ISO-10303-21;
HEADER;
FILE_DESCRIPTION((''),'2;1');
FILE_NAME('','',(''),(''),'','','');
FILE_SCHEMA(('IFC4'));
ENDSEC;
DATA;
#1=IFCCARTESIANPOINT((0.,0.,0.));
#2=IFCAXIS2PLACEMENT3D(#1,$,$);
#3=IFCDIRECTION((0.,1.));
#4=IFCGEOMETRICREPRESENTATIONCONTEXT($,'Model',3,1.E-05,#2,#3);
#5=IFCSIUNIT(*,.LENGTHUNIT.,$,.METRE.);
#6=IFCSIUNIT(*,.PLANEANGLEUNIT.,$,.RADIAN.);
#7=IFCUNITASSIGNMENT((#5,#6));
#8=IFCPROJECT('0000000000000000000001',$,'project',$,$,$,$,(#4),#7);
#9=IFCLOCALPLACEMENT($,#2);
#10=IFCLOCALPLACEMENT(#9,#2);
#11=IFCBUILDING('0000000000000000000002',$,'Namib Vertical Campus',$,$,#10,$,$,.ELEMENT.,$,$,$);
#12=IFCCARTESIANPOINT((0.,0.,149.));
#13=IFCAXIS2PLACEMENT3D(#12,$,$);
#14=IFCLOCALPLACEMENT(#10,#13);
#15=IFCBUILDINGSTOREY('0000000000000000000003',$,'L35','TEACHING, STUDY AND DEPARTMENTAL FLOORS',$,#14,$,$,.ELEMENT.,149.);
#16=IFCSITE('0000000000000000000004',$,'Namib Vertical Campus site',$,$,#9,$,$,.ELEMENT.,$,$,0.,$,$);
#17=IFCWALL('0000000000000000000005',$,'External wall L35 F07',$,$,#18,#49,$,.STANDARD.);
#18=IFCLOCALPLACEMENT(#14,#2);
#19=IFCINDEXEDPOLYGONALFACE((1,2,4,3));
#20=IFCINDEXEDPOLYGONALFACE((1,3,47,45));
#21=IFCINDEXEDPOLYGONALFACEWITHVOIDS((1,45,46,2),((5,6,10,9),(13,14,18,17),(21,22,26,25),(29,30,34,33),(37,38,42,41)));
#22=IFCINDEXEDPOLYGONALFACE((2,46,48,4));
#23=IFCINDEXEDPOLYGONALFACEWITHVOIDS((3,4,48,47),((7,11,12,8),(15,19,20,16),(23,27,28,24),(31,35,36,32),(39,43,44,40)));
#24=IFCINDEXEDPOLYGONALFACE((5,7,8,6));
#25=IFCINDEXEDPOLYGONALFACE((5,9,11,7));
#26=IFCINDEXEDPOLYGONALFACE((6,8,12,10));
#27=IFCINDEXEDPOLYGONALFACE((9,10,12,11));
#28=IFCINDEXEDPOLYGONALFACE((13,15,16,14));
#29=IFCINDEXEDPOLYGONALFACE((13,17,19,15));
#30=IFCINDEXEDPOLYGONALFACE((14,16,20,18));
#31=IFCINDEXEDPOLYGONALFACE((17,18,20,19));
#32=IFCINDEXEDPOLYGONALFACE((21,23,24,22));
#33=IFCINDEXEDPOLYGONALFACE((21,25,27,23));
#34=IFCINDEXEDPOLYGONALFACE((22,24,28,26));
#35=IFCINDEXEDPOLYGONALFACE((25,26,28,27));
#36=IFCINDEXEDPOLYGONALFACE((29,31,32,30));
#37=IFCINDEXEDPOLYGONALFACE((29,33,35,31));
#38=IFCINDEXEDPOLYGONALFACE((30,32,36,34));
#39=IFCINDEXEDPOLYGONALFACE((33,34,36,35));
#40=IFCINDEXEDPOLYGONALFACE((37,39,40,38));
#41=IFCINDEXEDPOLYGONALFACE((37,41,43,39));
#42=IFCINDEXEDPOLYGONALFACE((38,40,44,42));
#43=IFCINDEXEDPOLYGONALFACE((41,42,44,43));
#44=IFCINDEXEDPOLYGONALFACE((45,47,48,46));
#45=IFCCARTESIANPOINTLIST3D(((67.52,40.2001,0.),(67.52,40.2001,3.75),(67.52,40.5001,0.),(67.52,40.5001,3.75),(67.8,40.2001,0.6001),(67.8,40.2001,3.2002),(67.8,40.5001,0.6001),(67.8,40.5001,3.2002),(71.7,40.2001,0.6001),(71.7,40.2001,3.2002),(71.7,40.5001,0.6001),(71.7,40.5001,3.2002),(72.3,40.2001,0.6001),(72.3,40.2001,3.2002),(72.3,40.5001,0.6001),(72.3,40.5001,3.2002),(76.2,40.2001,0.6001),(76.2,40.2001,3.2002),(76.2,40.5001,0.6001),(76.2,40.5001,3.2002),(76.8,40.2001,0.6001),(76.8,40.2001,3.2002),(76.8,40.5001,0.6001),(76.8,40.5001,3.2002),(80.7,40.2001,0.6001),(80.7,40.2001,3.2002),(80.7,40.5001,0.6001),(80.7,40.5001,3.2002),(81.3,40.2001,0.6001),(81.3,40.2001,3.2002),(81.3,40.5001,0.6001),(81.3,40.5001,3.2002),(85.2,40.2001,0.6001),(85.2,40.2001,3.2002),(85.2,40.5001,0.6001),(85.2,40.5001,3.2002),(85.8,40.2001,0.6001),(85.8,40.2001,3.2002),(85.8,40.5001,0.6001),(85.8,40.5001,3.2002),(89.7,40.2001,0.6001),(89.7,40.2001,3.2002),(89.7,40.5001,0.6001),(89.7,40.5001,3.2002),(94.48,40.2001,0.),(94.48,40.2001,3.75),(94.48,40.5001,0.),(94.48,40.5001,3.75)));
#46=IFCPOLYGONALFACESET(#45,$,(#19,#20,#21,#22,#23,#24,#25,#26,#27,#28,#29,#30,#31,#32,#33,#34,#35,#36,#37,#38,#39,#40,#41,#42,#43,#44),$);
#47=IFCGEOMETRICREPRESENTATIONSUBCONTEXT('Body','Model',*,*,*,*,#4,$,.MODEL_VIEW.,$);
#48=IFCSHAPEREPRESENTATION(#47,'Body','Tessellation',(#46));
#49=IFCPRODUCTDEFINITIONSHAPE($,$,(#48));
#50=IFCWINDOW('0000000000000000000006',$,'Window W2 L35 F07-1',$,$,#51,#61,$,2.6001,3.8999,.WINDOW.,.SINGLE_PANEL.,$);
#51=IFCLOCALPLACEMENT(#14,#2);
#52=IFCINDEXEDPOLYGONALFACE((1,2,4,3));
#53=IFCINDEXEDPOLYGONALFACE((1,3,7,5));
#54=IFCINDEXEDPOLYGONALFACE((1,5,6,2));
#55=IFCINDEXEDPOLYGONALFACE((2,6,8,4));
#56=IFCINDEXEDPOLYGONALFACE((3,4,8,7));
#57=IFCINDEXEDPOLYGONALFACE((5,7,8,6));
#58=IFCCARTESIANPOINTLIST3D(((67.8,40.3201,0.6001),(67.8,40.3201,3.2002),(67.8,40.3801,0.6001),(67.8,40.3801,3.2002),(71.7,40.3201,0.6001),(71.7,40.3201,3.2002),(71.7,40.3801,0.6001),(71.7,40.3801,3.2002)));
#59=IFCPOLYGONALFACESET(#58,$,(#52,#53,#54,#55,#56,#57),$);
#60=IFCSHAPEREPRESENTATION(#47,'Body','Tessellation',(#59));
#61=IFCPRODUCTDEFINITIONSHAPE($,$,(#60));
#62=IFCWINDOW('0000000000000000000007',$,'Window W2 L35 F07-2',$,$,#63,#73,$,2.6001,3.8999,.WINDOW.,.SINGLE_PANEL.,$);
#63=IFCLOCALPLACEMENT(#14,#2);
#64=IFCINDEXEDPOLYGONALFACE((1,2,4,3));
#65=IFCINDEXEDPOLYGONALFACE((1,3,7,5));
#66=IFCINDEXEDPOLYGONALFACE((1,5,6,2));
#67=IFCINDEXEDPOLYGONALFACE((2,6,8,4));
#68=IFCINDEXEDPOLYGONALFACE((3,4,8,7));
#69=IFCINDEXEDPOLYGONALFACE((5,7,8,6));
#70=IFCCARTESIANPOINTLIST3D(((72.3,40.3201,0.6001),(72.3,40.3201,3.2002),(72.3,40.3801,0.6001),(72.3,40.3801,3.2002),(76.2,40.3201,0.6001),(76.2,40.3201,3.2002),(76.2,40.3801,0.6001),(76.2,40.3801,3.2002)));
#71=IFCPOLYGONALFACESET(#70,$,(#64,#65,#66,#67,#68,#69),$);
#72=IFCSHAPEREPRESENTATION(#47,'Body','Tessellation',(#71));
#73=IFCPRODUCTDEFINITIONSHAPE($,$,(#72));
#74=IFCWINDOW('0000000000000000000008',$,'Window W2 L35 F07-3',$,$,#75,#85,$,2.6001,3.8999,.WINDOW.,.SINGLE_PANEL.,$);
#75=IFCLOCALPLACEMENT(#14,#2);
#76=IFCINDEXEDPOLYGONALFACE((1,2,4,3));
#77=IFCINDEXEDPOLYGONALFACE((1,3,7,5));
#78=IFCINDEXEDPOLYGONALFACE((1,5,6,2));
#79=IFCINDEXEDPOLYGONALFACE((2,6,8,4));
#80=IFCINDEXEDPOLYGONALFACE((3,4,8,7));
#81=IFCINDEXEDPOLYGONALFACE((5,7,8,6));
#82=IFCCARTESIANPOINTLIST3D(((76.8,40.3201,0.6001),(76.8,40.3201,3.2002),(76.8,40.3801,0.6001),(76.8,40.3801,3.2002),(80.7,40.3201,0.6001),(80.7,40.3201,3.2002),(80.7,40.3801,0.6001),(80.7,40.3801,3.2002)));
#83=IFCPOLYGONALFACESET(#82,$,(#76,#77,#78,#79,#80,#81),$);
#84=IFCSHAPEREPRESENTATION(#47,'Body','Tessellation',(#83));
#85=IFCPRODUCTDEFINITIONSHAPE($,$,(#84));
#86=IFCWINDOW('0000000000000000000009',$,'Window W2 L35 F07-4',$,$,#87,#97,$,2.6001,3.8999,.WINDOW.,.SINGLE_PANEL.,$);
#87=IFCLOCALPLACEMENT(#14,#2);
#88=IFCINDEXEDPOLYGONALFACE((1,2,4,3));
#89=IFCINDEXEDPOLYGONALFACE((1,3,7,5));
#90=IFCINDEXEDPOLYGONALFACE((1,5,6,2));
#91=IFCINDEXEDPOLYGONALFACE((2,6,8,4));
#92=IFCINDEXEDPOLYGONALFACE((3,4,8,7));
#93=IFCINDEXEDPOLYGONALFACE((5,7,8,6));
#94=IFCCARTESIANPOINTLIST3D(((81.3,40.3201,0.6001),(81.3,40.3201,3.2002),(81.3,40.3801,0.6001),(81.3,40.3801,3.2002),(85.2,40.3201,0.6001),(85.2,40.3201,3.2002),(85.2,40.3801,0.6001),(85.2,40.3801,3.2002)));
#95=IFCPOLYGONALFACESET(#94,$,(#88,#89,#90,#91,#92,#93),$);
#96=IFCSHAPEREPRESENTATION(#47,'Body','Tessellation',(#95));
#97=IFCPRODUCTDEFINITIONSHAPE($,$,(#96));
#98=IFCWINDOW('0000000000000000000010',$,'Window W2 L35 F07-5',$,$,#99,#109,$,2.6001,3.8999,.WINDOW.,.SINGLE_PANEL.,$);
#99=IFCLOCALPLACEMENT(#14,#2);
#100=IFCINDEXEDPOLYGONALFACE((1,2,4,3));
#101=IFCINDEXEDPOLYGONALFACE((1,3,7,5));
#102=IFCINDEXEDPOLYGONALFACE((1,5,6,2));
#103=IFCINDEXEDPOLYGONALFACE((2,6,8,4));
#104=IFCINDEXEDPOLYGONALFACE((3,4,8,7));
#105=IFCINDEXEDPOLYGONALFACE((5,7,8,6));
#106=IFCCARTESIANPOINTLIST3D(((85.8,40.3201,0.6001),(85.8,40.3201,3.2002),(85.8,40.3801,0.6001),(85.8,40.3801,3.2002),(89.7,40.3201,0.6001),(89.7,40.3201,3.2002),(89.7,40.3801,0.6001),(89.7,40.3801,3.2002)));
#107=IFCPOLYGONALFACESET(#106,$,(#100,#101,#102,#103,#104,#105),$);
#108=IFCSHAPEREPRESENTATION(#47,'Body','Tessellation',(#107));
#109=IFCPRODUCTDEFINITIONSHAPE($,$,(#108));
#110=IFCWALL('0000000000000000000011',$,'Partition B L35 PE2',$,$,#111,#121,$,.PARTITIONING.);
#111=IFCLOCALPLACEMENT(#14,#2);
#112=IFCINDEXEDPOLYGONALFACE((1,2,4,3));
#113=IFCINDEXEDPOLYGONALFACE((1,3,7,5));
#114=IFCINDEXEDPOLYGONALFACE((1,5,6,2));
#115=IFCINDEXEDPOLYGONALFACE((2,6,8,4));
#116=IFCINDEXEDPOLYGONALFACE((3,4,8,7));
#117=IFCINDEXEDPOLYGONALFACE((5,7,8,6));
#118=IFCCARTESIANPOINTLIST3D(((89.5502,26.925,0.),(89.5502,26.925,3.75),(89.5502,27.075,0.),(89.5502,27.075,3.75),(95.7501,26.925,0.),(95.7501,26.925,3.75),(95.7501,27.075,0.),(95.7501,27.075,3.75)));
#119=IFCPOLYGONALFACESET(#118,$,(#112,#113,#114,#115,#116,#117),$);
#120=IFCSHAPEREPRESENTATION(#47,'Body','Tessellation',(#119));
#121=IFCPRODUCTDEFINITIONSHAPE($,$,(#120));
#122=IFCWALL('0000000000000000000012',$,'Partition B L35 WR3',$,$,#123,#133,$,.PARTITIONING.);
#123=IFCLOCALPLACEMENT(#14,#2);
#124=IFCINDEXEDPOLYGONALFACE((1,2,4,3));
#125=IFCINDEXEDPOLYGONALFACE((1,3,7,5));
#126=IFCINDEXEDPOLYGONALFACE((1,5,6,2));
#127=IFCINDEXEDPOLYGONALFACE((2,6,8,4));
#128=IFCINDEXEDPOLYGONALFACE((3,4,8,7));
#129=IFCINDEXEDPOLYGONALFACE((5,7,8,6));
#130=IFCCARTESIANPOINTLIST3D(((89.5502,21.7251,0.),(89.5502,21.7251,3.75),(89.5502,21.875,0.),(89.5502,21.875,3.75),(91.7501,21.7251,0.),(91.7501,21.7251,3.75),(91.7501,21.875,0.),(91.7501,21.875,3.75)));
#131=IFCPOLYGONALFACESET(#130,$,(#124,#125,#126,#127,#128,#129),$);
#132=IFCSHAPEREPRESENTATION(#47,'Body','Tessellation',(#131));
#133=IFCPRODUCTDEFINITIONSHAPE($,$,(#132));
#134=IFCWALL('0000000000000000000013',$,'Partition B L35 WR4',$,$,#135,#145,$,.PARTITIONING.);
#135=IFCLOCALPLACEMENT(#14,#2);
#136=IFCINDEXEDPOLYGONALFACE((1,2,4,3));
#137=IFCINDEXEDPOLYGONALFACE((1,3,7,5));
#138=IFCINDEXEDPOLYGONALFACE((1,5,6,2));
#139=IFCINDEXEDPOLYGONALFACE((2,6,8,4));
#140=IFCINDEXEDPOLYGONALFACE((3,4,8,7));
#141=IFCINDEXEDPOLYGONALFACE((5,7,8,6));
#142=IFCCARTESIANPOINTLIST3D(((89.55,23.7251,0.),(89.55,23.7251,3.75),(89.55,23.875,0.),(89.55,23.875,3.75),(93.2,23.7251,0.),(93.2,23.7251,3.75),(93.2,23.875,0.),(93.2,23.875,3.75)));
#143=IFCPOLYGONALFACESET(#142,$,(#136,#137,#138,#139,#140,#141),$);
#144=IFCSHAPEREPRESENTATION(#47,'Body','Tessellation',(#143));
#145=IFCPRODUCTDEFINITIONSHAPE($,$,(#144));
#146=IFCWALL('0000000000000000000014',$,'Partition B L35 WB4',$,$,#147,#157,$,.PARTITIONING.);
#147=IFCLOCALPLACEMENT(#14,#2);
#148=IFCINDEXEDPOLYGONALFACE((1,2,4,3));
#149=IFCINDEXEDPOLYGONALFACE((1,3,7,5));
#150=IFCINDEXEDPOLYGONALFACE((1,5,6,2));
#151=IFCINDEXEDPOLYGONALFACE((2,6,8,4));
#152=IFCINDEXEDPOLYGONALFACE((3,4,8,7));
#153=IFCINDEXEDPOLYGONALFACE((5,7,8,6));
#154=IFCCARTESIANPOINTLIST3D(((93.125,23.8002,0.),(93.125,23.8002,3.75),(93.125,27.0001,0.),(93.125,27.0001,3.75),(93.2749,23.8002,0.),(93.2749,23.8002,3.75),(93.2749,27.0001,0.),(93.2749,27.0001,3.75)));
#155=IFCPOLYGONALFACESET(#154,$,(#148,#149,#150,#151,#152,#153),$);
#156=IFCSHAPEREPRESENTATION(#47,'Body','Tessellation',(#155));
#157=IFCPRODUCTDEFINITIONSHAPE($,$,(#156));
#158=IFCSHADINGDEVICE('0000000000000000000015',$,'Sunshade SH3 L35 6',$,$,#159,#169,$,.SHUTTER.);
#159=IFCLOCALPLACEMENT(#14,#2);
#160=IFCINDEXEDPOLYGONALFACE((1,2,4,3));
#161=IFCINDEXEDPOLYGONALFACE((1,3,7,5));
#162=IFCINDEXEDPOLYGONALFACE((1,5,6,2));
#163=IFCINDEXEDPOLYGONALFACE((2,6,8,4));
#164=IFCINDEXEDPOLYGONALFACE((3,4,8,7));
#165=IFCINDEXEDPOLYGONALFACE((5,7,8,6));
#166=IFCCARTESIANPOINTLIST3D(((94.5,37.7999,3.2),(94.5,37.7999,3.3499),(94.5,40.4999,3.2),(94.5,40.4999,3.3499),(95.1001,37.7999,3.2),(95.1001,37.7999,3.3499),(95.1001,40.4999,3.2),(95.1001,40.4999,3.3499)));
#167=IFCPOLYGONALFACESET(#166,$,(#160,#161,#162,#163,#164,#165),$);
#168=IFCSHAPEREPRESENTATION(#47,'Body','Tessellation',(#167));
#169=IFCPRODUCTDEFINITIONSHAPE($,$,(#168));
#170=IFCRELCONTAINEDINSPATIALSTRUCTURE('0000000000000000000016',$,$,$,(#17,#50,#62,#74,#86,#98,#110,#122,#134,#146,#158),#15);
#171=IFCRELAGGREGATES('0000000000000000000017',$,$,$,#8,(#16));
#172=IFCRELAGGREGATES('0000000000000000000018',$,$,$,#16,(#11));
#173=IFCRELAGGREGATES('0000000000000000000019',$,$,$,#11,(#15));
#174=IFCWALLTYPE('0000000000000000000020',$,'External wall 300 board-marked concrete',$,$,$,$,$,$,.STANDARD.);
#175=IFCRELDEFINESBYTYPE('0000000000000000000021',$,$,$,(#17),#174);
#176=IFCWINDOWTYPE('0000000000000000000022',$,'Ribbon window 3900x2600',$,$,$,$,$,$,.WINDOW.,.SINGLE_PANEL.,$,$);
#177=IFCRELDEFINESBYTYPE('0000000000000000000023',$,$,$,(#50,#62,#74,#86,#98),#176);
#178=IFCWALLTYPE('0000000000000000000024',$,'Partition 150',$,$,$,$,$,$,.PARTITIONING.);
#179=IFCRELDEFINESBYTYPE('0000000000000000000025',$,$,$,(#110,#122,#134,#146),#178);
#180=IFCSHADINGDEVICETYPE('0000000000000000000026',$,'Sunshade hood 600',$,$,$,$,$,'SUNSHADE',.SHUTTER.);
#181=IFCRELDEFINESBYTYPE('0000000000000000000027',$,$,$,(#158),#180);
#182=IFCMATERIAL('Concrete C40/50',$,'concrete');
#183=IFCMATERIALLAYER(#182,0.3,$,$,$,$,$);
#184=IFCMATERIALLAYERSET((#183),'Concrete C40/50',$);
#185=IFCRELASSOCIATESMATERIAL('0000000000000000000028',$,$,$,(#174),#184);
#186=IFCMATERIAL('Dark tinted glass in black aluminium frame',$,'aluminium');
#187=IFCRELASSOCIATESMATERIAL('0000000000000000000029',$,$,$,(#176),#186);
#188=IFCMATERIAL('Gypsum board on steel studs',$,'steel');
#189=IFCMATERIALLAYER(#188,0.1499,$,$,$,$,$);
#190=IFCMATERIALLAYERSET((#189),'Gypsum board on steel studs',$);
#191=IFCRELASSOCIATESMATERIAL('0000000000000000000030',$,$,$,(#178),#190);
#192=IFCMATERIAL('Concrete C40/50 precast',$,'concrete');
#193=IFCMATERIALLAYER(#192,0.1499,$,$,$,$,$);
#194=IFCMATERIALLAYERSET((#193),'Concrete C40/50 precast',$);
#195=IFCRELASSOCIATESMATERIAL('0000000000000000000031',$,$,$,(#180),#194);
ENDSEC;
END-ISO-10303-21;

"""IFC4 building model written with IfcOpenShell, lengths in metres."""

from ifc_helpers import new_model, si_unit, direction, frame, frame_2d, origin, origin_2d, place, context, subcontext, project, spatial, rectangle, extrude, material, layer, layer_set, type_object, element, fill, save


model = new_model("IFC4")

# Units and contexts
model_context = context("Model", 3, precision=1e-05, world=origin(), true_north=direction((0.0, 1.0)))
body_context = subcontext(model_context, "Body", "Model", "MODEL_VIEW")
ifc_project = project(units=[si_unit("LENGTHUNIT", "METRE"), si_unit("PLANEANGLEUNIT", "RADIAN")], contexts=[model_context])

# Site, building, storey
site_placement = place(None, origin())
site = spatial("IfcSite", under=ifc_project, at=site_placement, Name="Namib Vertical Campus site", CompositionType="ELEMENT", RefElevation=0.0)
building_placement = place(site_placement, origin())
building = spatial("IfcBuilding", under=site, at=building_placement, Name="Namib Vertical Campus", CompositionType="ELEMENT")
storey_placement = place(building_placement, frame((0.0, 0.0, 149.0)))
storey = spatial("IfcBuildingStorey", under=building, at=storey_placement, Name="L35", Description="TEACHING, STUDY AND DEPARTMENTAL FLOORS", CompositionType="ELEMENT", Elevation=149.0)

# Shared definitions
ifc_material_1 = material(Name="Concrete C40/50", Category="concrete")
ifc_layer_1 = layer(ifc_material_1, 0.3)
ifc_layer_set_1 = layer_set([ifc_layer_1], Name="Concrete C40/50")
wall_type_1 = type_object("IfcWallType", Name="External wall 300 board-marked concrete", PredefinedType="STANDARD", material=ifc_layer_set_1)

# Wall, openings, windows
wall_1_placement = place(storey_placement, frame((94.48, 40.3501, 0.0), z_axis=(0.0, 0.0, 1.0), x_axis=(-1.0, 0.0, 0.0)))
wall_1 = element("IfcWall", 1, at=wall_1_placement, inside=storey, type_object=wall_type_1, Name="External wall L35 F07", PredefinedType="STANDARD", context=body_context, shape_type="SweptSolid", body=[
    extrude(rectangle(XDim=26.96, YDim=0.3, at=frame_2d((13.48, 0.0))), origin(), (0.0, 0.0, 1.0), 3.75),
])
opening_1_placement = place(wall_1_placement, frame((22.78, 0.0, 0.6001)))
opening_1 = element("IfcOpeningElement", 2, at=opening_1_placement, cuts=wall_1, PredefinedType="OPENING", context=body_context, shape_type="SweptSolid", body=[
    extrude(rectangle(XDim=3.8999, YDim=2.6001, at=frame_2d((1.95, 1.3))), frame((0.0, 0.1599, 0.0), z_axis=(0.0, -1.0, 0.0), x_axis=(1.0, 0.0, 0.0)), (0.0, 0.0, 1.0), 0.3201),
])
opening_2_placement = place(wall_1_placement, frame((18.28, 0.0, 0.6001)))
opening_2 = element("IfcOpeningElement", 3, at=opening_2_placement, cuts=wall_1, PredefinedType="OPENING", context=body_context, shape_type="SweptSolid", body=[
    extrude(rectangle(XDim=3.8999, YDim=2.6001, at=frame_2d((1.95, 1.3))), frame((0.0, 0.1599, 0.0), z_axis=(0.0, -1.0, 0.0), x_axis=(1.0, 0.0, 0.0)), (0.0, 0.0, 1.0), 0.3201),
])
opening_3_placement = place(wall_1_placement, frame((13.78, 0.0, 0.6001)))
opening_3 = element("IfcOpeningElement", 4, at=opening_3_placement, cuts=wall_1, PredefinedType="OPENING", context=body_context, shape_type="SweptSolid", body=[
    extrude(rectangle(XDim=3.8999, YDim=2.6001, at=frame_2d((1.95, 1.3))), frame((0.0, 0.1599, 0.0), z_axis=(0.0, -1.0, 0.0), x_axis=(1.0, 0.0, 0.0)), (0.0, 0.0, 1.0), 0.3201),
])
opening_4_placement = place(wall_1_placement, frame((9.28, 0.0, 0.6001)))
opening_4 = element("IfcOpeningElement", 5, at=opening_4_placement, cuts=wall_1, PredefinedType="OPENING", context=body_context, shape_type="SweptSolid", body=[
    extrude(rectangle(XDim=3.8999, YDim=2.6001, at=frame_2d((1.95, 1.3))), frame((0.0, 0.1599, 0.0), z_axis=(0.0, -1.0, 0.0), x_axis=(1.0, 0.0, 0.0)), (0.0, 0.0, 1.0), 0.3201),
])
opening_5_placement = place(wall_1_placement, frame((4.78, 0.0, 0.6001)))
opening_5 = element("IfcOpeningElement", 6, at=opening_5_placement, cuts=wall_1, PredefinedType="OPENING", context=body_context, shape_type="SweptSolid", body=[
    extrude(rectangle(XDim=3.8999, YDim=2.6001, at=frame_2d((1.95, 1.3))), frame((0.0, 0.1599, 0.0), z_axis=(0.0, -1.0, 0.0), x_axis=(1.0, 0.0, 0.0)), (0.0, 0.0, 1.0), 0.3201),
])
ifc_material_2 = material(Name="Dark tinted glass in black aluminium frame", Category="aluminium")
window_type = type_object("IfcWindowType", Name="Ribbon window 3900x2600", PartitioningType="SINGLE_PANEL", PredefinedType="WINDOW", material=ifc_material_2)
window_1_placement = place(opening_1_placement, origin())
window_1 = element("IfcWindow", 7, at=window_1_placement, inside=storey, type_object=window_type, Name="Window W2 L35 F07-1", OverallHeight=2.6001, OverallWidth=3.8999, PartitioningType="SINGLE_PANEL", PredefinedType="WINDOW", context=body_context, shape_type="SweptSolid", body=[
    extrude(rectangle(XDim=3.8999, YDim=2.6001, at=frame_2d((1.95, 1.3))), frame((0.0, 0.03, 0.0), z_axis=(0.0, -1.0, 0.0), x_axis=(1.0, 0.0, 0.0)), (0.0, 0.0, 1.0), 0.0601),
])
fill(opening_1, window_1)
window_2_placement = place(opening_2_placement, origin())
window_2 = element("IfcWindow", 8, at=window_2_placement, inside=storey, type_object=window_type, Name="Window W2 L35 F07-2", OverallHeight=2.6001, OverallWidth=3.8999, PartitioningType="SINGLE_PANEL", PredefinedType="WINDOW", context=body_context, shape_type="SweptSolid", body=[
    extrude(rectangle(XDim=3.8999, YDim=2.6001, at=frame_2d((1.95, 1.3))), frame((0.0, 0.03, 0.0), z_axis=(0.0, -1.0, 0.0), x_axis=(1.0, 0.0, 0.0)), (0.0, 0.0, 1.0), 0.0601),
])
fill(opening_2, window_2)
window_3_placement = place(opening_3_placement, origin())
window_3 = element("IfcWindow", 9, at=window_3_placement, inside=storey, type_object=window_type, Name="Window W2 L35 F07-3", OverallHeight=2.6001, OverallWidth=3.8999, PartitioningType="SINGLE_PANEL", PredefinedType="WINDOW", context=body_context, shape_type="SweptSolid", body=[
    extrude(rectangle(XDim=3.8999, YDim=2.6001, at=frame_2d((1.95, 1.3))), frame((0.0, 0.03, 0.0), z_axis=(0.0, -1.0, 0.0), x_axis=(1.0, 0.0, 0.0)), (0.0, 0.0, 1.0), 0.0601),
])
fill(opening_3, window_3)
window_4_placement = place(opening_4_placement, origin())
window_4 = element("IfcWindow", 10, at=window_4_placement, inside=storey, type_object=window_type, Name="Window W2 L35 F07-4", OverallHeight=2.6001, OverallWidth=3.8999, PartitioningType="SINGLE_PANEL", PredefinedType="WINDOW", context=body_context, shape_type="SweptSolid", body=[
    extrude(rectangle(XDim=3.8999, YDim=2.6001, at=frame_2d((1.95, 1.3))), frame((0.0, 0.03, 0.0), z_axis=(0.0, -1.0, 0.0), x_axis=(1.0, 0.0, 0.0)), (0.0, 0.0, 1.0), 0.0601),
])
fill(opening_4, window_4)
window_5_placement = place(opening_5_placement, origin())
window_5 = element("IfcWindow", 11, at=window_5_placement, inside=storey, type_object=window_type, Name="Window W2 L35 F07-5", OverallHeight=2.6001, OverallWidth=3.8999, PartitioningType="SINGLE_PANEL", PredefinedType="WINDOW", context=body_context, shape_type="SweptSolid", body=[
    extrude(rectangle(XDim=3.8999, YDim=2.6001, at=frame_2d((1.95, 1.3))), frame((0.0, 0.03, 0.0), z_axis=(0.0, -1.0, 0.0), x_axis=(1.0, 0.0, 0.0)), (0.0, 0.0, 1.0), 0.0601),
])
fill(opening_5, window_5)

# Walls
ifc_material_3 = material(Name="Gypsum board on steel studs", Category="steel")
ifc_layer_2 = layer(ifc_material_3, 0.1499)
ifc_layer_set_2 = layer_set([ifc_layer_2], Name="Gypsum board on steel studs")
wall_type_2 = type_object("IfcWallType", Name="Partition 150", PredefinedType="PARTITIONING", material=ifc_layer_set_2)
wall_2_placement = place(storey_placement, frame((89.55, 27.0, 0.0), z_axis=(0.0, 0.0, 1.0), x_axis=(1.0, 0.0, 0.0)))
element("IfcWall", 12, at=wall_2_placement, inside=storey, type_object=wall_type_2, Name="Partition B L35 PE2", PredefinedType="PARTITIONING", context=body_context, shape_type="SweptSolid", body=[
    extrude(rectangle(XDim=6.2, YDim=0.1499, at=frame_2d((3.1001, 0.0))), origin(), (0.0, 0.0, 1.0), 3.75),
])
wall_3_placement = place(storey_placement, frame((89.55, 21.8, 0.0), z_axis=(0.0, 0.0, 1.0), x_axis=(1.0, 0.0, 0.0)))
element("IfcWall", 13, at=wall_3_placement, inside=storey, type_object=wall_type_2, Name="Partition B L35 WR3", PredefinedType="PARTITIONING", context=body_context, shape_type="SweptSolid", body=[
    extrude(rectangle(XDim=2.2, YDim=0.1499, at=frame_2d((1.1001, 0.0))), origin(), (0.0, 0.0, 1.0), 3.75),
])
wall_4_placement = place(storey_placement, frame((89.55, 23.8, 0.0), z_axis=(0.0, 0.0, 1.0), x_axis=(1.0, 0.0, 0.0)))
element("IfcWall", 14, at=wall_4_placement, inside=storey, type_object=wall_type_2, Name="Partition B L35 WR4", PredefinedType="PARTITIONING", context=body_context, shape_type="SweptSolid", body=[
    extrude(rectangle(XDim=3.6499, YDim=0.1499, at=frame_2d((1.825, 0.0))), origin(), (0.0, 0.0, 1.0), 3.75),
])
wall_5_placement = place(storey_placement, frame((93.2, 23.8, 0.0), z_axis=(0.0, 0.0, 1.0), x_axis=(0.0, 1.0, 0.0)))
element("IfcWall", 15, at=wall_5_placement, inside=storey, type_object=wall_type_2, Name="Partition B L35 WB4", PredefinedType="PARTITIONING", context=body_context, shape_type="SweptSolid", body=[
    extrude(rectangle(XDim=3.2, YDim=0.1499, at=frame_2d((1.6001, 0.0))), origin(), (0.0, 0.0, 1.0), 3.75),
])

# Shading device
ifc_material_4 = material(Name="Concrete C40/50 precast", Category="concrete")
ifc_layer_3 = layer(ifc_material_4, 0.1499)
ifc_layer_set_3 = layer_set([ifc_layer_3], Name="Concrete C40/50 precast")
shading_device_type = type_object("IfcShadingDeviceType", Name="Sunshade hood 600", ElementType="SUNSHADE", PredefinedType="SHUTTER", material=ifc_layer_set_3)
shading_device_placement = place(storey_placement, frame((94.8, 39.1499, 3.2), z_axis=(0.0, 0.0, 1.0), x_axis=(0.0, 1.0, 0.0)))
element("IfcShadingDevice", 16, at=shading_device_placement, inside=storey, type_object=shading_device_type, Name="Sunshade SH3 L35 6", PredefinedType="SHUTTER", context=body_context, shape_type="SweptSolid", body=[
    extrude(rectangle(XDim=2.7, YDim=0.6001, at=origin_2d()), origin(), (0.0, 0.0, 1.0), 0.1499),
])

save(model, "model.ifc")
